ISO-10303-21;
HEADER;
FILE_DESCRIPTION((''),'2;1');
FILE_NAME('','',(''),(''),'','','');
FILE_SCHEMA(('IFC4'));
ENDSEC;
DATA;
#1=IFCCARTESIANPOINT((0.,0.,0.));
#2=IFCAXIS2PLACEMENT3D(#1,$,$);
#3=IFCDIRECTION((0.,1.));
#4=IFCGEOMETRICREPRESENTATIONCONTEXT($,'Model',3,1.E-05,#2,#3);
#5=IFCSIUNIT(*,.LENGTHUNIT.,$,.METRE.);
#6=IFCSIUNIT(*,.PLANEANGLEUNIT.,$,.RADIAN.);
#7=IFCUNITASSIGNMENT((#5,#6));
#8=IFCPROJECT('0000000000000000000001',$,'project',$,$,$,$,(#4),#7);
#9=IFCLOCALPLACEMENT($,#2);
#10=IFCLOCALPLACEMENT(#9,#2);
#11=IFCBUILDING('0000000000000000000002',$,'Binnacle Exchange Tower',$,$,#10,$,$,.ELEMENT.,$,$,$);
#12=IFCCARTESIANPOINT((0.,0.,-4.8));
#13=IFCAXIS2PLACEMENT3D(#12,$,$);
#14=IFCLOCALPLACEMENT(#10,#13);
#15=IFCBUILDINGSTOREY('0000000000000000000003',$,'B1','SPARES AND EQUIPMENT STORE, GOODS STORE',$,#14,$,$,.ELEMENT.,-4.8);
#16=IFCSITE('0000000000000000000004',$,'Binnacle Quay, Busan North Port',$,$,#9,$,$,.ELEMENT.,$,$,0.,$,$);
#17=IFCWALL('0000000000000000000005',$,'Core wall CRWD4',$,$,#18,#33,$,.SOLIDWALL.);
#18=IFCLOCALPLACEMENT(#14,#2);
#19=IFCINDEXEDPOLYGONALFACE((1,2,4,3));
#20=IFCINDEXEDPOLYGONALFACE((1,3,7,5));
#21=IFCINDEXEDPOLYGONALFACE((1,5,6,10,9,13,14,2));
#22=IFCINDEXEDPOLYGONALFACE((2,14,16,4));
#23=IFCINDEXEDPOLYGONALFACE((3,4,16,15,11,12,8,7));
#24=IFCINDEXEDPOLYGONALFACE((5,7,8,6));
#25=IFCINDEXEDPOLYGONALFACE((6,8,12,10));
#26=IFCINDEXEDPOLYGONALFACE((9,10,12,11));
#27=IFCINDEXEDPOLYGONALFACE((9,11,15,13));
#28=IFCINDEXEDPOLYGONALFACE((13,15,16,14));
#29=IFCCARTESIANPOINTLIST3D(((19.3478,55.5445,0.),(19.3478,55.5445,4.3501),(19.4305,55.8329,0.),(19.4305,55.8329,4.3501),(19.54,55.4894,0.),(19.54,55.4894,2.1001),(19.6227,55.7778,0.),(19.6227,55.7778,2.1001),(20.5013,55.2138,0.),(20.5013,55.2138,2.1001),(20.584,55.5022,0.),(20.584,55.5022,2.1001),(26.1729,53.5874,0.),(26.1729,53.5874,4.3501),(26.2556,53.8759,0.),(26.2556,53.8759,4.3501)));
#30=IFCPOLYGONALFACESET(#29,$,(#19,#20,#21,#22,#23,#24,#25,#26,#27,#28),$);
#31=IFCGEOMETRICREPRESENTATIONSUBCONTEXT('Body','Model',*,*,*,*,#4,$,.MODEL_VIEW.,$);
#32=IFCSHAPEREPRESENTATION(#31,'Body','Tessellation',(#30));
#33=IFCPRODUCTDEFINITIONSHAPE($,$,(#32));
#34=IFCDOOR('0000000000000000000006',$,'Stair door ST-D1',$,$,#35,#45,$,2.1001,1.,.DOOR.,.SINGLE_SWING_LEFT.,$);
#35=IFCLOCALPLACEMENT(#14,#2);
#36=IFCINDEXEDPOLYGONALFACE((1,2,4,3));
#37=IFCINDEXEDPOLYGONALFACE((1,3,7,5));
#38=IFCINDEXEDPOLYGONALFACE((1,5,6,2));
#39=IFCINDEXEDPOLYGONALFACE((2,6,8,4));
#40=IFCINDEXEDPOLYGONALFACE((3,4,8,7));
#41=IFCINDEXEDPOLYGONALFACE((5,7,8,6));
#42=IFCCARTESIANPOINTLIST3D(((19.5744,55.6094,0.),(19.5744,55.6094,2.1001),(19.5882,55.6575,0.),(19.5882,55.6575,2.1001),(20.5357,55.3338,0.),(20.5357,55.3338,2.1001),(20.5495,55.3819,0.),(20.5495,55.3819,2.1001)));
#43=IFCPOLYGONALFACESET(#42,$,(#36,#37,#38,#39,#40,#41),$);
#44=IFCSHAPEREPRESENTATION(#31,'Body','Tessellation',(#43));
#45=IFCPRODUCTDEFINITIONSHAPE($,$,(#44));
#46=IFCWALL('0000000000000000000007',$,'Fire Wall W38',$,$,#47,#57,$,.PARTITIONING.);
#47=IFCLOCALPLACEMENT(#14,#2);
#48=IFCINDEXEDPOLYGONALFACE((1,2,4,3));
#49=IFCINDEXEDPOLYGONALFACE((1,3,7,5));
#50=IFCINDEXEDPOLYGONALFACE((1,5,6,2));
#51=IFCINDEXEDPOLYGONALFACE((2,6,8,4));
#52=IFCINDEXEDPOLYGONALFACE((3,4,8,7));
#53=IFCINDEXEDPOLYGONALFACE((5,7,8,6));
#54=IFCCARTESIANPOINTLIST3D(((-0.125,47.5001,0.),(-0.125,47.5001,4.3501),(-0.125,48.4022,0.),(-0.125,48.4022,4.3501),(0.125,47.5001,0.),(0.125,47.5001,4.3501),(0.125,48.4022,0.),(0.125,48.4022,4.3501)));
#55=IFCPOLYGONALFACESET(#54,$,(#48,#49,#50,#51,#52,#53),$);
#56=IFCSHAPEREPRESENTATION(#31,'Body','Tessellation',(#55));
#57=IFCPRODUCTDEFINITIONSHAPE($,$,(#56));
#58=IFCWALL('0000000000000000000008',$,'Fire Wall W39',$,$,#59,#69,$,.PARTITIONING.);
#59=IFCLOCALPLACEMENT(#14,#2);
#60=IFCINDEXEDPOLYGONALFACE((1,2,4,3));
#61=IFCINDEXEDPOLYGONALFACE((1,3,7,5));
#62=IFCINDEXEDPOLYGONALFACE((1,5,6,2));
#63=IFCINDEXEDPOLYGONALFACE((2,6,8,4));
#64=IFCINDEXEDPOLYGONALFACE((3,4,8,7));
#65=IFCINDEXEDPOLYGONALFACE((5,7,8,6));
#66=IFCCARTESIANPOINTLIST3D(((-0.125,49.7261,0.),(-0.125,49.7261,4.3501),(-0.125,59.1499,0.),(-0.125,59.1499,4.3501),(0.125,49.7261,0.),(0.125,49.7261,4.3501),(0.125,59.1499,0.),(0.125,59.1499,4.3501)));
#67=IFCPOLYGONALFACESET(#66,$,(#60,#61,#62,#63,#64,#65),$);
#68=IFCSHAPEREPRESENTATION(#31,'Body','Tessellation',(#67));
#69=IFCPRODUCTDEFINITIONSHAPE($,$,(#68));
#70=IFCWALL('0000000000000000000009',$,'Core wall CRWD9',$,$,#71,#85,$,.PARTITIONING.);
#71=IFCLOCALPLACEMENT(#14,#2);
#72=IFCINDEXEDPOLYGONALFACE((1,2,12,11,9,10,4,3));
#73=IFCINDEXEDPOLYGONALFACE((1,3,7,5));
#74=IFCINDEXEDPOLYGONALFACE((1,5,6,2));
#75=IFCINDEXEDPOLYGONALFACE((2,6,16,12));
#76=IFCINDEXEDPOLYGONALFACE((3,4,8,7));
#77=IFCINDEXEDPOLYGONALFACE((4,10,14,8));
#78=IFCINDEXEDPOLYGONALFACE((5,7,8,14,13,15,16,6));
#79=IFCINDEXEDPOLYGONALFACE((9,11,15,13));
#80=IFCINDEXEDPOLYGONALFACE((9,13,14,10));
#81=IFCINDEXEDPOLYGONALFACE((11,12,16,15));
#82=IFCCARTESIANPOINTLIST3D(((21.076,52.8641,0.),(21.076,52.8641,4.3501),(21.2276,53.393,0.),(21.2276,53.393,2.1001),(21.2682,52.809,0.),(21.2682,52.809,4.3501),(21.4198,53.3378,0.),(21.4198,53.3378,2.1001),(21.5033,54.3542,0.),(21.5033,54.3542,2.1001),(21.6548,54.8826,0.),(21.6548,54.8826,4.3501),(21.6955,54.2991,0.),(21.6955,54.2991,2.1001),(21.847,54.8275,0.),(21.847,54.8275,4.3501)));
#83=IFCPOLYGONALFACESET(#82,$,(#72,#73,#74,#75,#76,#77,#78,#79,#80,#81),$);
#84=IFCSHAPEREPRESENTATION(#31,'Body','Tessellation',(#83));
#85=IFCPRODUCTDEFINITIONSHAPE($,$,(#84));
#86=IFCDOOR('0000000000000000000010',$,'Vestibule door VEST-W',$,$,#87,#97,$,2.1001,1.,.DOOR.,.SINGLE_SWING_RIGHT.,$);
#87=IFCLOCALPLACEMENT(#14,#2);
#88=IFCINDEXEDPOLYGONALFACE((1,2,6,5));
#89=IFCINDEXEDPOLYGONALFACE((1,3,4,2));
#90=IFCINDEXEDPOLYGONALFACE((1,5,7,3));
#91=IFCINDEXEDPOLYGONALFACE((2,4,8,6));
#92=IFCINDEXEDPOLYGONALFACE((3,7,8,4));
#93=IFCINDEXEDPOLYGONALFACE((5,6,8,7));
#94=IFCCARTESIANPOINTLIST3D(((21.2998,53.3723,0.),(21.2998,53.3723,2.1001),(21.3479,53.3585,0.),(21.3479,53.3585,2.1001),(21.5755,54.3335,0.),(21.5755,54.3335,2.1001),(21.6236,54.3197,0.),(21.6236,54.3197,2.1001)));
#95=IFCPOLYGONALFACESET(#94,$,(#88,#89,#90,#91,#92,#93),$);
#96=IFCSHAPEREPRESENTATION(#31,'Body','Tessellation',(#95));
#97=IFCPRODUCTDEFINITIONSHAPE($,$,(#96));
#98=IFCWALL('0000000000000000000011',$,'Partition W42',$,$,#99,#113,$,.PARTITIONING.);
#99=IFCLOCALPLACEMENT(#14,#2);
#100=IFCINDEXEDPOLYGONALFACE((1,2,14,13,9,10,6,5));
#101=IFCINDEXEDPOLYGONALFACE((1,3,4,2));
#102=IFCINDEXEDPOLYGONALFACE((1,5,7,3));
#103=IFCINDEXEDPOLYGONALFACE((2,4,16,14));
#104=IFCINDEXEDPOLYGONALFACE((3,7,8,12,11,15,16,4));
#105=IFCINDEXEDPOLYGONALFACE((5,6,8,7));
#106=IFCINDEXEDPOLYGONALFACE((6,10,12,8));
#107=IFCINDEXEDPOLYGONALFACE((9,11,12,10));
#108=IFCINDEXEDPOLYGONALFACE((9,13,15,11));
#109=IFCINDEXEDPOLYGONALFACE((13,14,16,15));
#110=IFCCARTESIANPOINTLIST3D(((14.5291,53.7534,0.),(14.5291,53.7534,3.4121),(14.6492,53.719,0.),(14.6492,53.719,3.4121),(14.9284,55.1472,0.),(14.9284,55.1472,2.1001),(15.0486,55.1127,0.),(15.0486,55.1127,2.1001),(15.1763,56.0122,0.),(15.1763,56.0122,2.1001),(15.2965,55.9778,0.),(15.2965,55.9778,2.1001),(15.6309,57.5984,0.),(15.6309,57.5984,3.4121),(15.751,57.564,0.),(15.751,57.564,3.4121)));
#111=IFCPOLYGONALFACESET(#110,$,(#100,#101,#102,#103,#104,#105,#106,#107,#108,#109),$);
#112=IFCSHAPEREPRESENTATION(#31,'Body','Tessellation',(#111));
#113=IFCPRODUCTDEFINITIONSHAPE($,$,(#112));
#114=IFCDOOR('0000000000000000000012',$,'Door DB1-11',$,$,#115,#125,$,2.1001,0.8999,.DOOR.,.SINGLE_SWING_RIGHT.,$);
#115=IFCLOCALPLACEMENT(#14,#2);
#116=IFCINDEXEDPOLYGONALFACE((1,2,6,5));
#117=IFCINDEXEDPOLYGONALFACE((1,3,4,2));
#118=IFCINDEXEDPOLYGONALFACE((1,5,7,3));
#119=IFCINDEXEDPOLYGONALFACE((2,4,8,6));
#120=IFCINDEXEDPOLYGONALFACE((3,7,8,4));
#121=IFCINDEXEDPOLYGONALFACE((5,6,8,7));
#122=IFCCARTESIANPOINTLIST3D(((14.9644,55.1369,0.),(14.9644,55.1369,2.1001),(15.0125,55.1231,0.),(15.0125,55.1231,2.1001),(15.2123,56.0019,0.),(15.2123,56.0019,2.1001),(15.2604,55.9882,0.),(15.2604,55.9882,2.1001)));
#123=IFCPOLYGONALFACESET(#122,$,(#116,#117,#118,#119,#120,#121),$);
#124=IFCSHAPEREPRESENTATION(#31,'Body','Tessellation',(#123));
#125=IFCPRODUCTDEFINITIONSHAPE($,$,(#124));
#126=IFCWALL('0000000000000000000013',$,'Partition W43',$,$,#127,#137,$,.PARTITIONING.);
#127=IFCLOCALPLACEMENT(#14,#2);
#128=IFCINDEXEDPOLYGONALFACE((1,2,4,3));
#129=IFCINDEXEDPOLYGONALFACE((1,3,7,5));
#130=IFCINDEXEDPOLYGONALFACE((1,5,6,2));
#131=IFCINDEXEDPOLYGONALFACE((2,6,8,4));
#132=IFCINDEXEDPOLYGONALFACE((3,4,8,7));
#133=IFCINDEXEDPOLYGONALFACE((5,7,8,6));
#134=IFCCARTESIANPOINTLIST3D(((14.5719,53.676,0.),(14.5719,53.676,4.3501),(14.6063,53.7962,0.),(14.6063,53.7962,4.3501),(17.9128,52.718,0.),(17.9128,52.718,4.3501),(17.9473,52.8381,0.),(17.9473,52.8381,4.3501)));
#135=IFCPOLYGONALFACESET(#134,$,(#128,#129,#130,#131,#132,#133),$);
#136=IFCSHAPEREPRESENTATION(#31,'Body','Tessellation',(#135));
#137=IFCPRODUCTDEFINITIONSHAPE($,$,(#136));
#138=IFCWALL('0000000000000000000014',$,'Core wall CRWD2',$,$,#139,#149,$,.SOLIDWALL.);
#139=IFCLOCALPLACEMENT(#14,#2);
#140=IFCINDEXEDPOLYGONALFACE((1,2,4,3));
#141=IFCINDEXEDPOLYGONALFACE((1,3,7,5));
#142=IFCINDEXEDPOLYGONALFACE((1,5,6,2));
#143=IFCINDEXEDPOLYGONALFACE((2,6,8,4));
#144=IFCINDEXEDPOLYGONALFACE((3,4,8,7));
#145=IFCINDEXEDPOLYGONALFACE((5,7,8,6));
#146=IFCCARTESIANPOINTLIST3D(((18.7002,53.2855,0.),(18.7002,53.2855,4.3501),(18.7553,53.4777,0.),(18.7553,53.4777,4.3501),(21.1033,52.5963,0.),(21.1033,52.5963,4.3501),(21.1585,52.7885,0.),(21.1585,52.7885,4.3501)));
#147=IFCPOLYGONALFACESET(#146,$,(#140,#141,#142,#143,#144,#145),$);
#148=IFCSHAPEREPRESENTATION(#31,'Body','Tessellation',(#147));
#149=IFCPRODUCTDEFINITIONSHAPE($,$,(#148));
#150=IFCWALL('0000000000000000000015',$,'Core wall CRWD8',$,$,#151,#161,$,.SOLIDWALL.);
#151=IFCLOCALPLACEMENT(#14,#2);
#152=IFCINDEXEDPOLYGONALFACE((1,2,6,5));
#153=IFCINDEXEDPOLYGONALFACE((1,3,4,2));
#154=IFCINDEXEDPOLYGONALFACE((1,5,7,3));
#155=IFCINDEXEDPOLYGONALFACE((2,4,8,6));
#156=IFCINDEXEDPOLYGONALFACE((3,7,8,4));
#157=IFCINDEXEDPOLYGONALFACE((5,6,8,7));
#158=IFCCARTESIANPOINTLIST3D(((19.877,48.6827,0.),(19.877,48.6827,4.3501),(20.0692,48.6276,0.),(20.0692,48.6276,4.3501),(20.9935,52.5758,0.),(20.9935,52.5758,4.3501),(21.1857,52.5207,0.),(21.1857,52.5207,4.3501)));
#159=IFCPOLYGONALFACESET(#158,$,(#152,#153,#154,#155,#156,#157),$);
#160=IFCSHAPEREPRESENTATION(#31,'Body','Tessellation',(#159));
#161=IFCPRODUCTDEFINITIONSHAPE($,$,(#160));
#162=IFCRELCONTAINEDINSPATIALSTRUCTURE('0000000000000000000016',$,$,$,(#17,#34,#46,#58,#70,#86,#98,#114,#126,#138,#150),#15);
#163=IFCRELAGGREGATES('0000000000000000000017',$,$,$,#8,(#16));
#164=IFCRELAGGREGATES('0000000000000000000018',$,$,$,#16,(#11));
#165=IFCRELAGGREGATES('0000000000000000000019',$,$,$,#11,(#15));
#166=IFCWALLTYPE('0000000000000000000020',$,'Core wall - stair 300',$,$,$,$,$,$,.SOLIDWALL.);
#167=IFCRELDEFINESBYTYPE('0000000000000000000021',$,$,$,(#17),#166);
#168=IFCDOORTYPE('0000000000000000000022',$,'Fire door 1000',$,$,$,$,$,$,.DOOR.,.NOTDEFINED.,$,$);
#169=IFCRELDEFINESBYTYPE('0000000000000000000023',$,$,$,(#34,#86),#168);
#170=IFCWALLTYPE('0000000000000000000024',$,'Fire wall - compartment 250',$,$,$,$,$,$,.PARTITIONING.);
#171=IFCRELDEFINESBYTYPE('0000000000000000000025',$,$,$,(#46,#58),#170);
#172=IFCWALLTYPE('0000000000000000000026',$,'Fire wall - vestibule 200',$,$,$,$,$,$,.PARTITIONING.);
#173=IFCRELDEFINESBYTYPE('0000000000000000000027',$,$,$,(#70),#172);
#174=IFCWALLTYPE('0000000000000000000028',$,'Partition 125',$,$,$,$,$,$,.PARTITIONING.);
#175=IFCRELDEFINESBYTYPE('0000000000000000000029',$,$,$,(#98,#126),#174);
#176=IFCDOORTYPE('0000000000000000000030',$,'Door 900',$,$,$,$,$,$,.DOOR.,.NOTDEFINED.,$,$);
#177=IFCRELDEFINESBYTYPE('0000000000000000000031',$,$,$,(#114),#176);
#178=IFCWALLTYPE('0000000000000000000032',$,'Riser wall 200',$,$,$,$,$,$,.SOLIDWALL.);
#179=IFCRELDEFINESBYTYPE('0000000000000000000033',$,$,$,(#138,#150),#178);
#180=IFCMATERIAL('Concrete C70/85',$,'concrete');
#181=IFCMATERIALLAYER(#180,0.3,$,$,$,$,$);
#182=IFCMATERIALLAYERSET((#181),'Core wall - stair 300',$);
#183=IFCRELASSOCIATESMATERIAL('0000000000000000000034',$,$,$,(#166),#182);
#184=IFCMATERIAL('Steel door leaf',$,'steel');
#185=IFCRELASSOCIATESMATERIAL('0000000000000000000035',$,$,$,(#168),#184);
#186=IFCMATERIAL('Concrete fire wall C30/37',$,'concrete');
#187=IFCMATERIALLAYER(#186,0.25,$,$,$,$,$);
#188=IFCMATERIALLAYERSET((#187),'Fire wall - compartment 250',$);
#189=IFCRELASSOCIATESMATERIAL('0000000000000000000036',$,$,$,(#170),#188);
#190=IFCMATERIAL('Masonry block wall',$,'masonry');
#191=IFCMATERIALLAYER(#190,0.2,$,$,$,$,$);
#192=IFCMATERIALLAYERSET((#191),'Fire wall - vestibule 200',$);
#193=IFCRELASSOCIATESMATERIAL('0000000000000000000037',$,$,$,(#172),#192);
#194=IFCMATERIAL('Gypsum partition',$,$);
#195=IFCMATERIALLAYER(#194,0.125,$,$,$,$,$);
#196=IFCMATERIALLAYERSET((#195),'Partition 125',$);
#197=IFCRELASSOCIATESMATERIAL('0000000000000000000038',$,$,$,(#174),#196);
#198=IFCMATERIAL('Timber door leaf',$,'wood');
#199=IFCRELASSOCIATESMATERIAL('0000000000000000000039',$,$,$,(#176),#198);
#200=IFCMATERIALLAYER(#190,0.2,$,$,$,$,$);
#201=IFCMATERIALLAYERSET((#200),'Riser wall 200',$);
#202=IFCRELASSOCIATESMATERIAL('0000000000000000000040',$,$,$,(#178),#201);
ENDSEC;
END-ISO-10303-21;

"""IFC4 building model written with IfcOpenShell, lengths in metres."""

from ifc_helpers import new_model, si_unit, direction, frame, frame_2d, origin, place, context, subcontext, project, spatial, rectangle, extrude, material, layer, layer_set, type_object, element, fill, save


model = new_model("IFC4")

# Units and contexts
model_context = context("Model", 3, precision=1e-05, world=origin(), true_north=direction((0.0, 1.0)))
body_context = subcontext(model_context, "Body", "Model", "MODEL_VIEW")
ifc_project = project(units=[si_unit("LENGTHUNIT", "METRE"), si_unit("PLANEANGLEUNIT", "RADIAN")], contexts=[model_context])

# Site, building, storey
site_placement = place(None, origin())
site = spatial("IfcSite", under=ifc_project, at=site_placement, Name="Binnacle Quay, Busan North Port", CompositionType="ELEMENT", RefElevation=0.0)
building_placement = place(site_placement, origin())
building = spatial("IfcBuilding", under=site, at=building_placement, Name="Binnacle Exchange Tower", CompositionType="ELEMENT")
storey_placement = place(building_placement, frame((0.0, 0.0, -4.8)))
storey = spatial("IfcBuildingStorey", under=building, at=storey_placement, Name="B1", Description="SPARES AND EQUIPMENT STORE, GOODS STORE", CompositionType="ELEMENT", Elevation=-4.8)

# Shared definitions
ifc_material_1 = material(Name="Concrete C70/85", Category="concrete")

# Shared definitions
ifc_material_2 = material(Name="Steel door leaf", Category="steel")

# Wall, opening, door
ifc_layer_1 = layer(ifc_material_1, 0.3)
ifc_layer_set_1 = layer_set([ifc_layer_1], Name="Core wall - stair 300")
wall_type_1 = type_object("IfcWallType", Name="Core wall - stair 300", PredefinedType="SOLIDWALL", material=ifc_layer_set_1)
wall_1_placement = place(storey_placement, frame((19.3892, 55.6887, 0.0), z_axis=(0.0, 0.0, 1.0), x_axis=(0.961261, -0.275638, 0.0)))
wall_1 = element("IfcWall", 1, at=wall_1_placement, inside=storey, type_object=wall_type_1, Name="Core wall CRWD4", PredefinedType="SOLIDWALL", context=body_context, shape_type="SweptSolid", body=[
    extrude(rectangle(XDim=7.1001, YDim=0.3, at=frame_2d((3.55, 0.0))), origin(), (0.0, 0.0, 1.0), 4.3501),
])
opening_1_placement = place(wall_1_placement, frame((0.2, 0.0, 0.0)))
opening_1 = element("IfcOpeningElement", 2, at=opening_1_placement, cuts=wall_1, PredefinedType="OPENING", context=body_context, shape_type="SweptSolid", body=[
    extrude(rectangle(XDim=1.0, YDim=2.1001, at=frame_2d((0.5, 1.05))), frame((0.0, 0.1599, 0.0), z_axis=(0.0, -1.0, 0.0), x_axis=(1.0, 0.0, 0.0)), (0.0, 0.0, 1.0), 0.3201),
])
door_type_1 = type_object("IfcDoorType", Name="Fire door 1000", OperationType="NOTDEFINED", PredefinedType="DOOR", material=ifc_material_2)
door_1_placement = place(opening_1_placement, origin())
door_1 = element("IfcDoor", 3, at=door_1_placement, inside=storey, type_object=door_type_1, Name="Stair door ST-D1", OperationType="SINGLE_SWING_LEFT", OverallHeight=2.1001, OverallWidth=1.0, PredefinedType="DOOR", context=body_context, shape_type="SweptSolid", body=[
    extrude(rectangle(XDim=1.0, YDim=2.1001, at=frame_2d((0.5, 1.05))), frame((0.0, 0.0249, 0.0), z_axis=(0.0, -1.0, 0.0), x_axis=(1.0, 0.0, 0.0)), (0.0, 0.0, 1.0), 0.05),
])
fill(opening_1, door_1)

# Walls
ifc_material_3 = material(Name="Concrete fire wall C30/37", Category="concrete")
ifc_layer_2 = layer(ifc_material_3, 0.25)
ifc_layer_set_2 = layer_set([ifc_layer_2], Name="Fire wall - compartment 250")
wall_type_2 = type_object("IfcWallType", Name="Fire wall - compartment 250", PredefinedType="PARTITIONING", material=ifc_layer_set_2)
wall_2_placement = place(storey_placement, frame((0.0, 47.5, 0.0), z_axis=(0.0, 0.0, 1.0), x_axis=(0.0, 1.0, 0.0)))
element("IfcWall", 4, at=wall_2_placement, inside=storey, type_object=wall_type_2, Name="Fire Wall W38", PredefinedType="PARTITIONING", context=body_context, shape_type="SweptSolid", body=[
    extrude(rectangle(XDim=0.9021, YDim=0.25, at=frame_2d((0.4512, 0.0))), origin(), (0.0, 0.0, 1.0), 4.3501),
])
wall_3_placement = place(storey_placement, frame((0.0, 49.7261, 0.0), z_axis=(0.0, 0.0, 1.0), x_axis=(0.0, 1.0, 0.0)))
element("IfcWall", 5, at=wall_3_placement, inside=storey, type_object=wall_type_2, Name="Fire Wall W39", PredefinedType="PARTITIONING", context=body_context, shape_type="SweptSolid", body=[
    extrude(rectangle(XDim=9.4238, YDim=0.25, at=frame_2d((4.7119, 0.0))), origin(), (0.0, 0.0, 1.0), 4.3501),
])

# Walls, openings, doors
ifc_material_4 = material(Name="Masonry block wall", Category="masonry")
ifc_layer_3 = layer(ifc_material_4, 0.2)
ifc_layer_set_3 = layer_set([ifc_layer_3], Name="Fire wall - vestibule 200")
wall_type_3 = type_object("IfcWallType", Name="Fire wall - vestibule 200", PredefinedType="PARTITIONING", material=ifc_layer_set_3)
wall_4_placement = place(storey_placement, frame((21.1721, 52.8367, 0.0), z_axis=(0.0, 0.0, 1.0), x_axis=(0.275658, 0.961256, 0.0)))
wall_4 = element("IfcWall", 6, at=wall_4_placement, inside=storey, type_object=wall_type_3, Name="Core wall CRWD9", PredefinedType="PARTITIONING", context=body_context, shape_type="SweptSolid", body=[
    extrude(rectangle(XDim=2.0999, YDim=0.2, at=frame_2d((1.0498, 0.0))), origin(), (0.0, 0.0, 1.0), 4.3501),
])
opening_2_placement = place(wall_4_placement, frame((0.55, 0.0, 0.0)))
opening_2 = element("IfcOpeningElement", 7, at=opening_2_placement, cuts=wall_4, PredefinedType="OPENING", context=body_context, shape_type="SweptSolid", body=[
    extrude(rectangle(XDim=1.0, YDim=2.1001, at=frame_2d((0.5, 1.05))), frame((0.0, 0.1099, 0.0), z_axis=(0.0, -1.0, 0.0), x_axis=(1.0, 0.0, 0.0)), (0.0, 0.0, 1.0), 0.22),
])
door_2_placement = place(opening_2_placement, origin())
door_2 = element("IfcDoor", 8, at=door_2_placement, inside=storey, type_object=door_type_1, Name="Vestibule door VEST-W", OperationType="SINGLE_SWING_RIGHT", OverallHeight=2.1001, OverallWidth=1.0, PredefinedType="DOOR", context=body_context, shape_type="SweptSolid", body=[
    extrude(rectangle(XDim=1.0, YDim=2.1001, at=frame_2d((0.5, 1.05))), frame((0.0, 0.0249, 0.0), z_axis=(0.0, -1.0, 0.0), x_axis=(1.0, 0.0, 0.0)), (0.0, 0.0, 1.0), 0.05),
])
fill(opening_2, door_2)
ifc_material_5 = material(Name="Gypsum partition")
ifc_layer_4 = layer(ifc_material_5, 0.125)
ifc_layer_set_4 = layer_set([ifc_layer_4], Name="Partition 125")
wall_type_4 = type_object("IfcWallType", Name="Partition 125", PredefinedType="PARTITIONING", material=ifc_layer_set_4)
wall_5_placement = place(storey_placement, frame((14.5891, 53.7361, 0.0), z_axis=(0.0, 0.0, 1.0), x_axis=(0.275471, 0.961309, 0.0)))
wall_5 = element("IfcWall", 9, at=wall_5_placement, inside=storey, type_object=wall_type_4, Name="Partition W42", PredefinedType="PARTITIONING", context=body_context, shape_type="SweptSolid", body=[
    extrude(rectangle(XDim=3.9998, YDim=0.125, at=frame_2d((2.0, 0.0))), origin(), (0.0, 0.0, 1.0), 3.4121),
])
opening_3_placement = place(wall_5_placement, frame((1.45, 0.0, 0.0)))
opening_3 = element("IfcOpeningElement", 10, at=opening_3_placement, cuts=wall_5, PredefinedType="OPENING", context=body_context, shape_type="SweptSolid", body=[
    extrude(rectangle(XDim=0.8999, YDim=2.1001, at=frame_2d((0.45, 1.05))), frame((0.0, 0.0725, 0.0), z_axis=(0.0, -1.0, 0.0), x_axis=(1.0, 0.0, 0.0)), (0.0, 0.0, 1.0), 0.145),
])
ifc_material_6 = material(Name="Timber door leaf", Category="wood")
door_type_2 = type_object("IfcDoorType", Name="Door 900", OperationType="NOTDEFINED", PredefinedType="DOOR", material=ifc_material_6)
door_3_placement = place(opening_3_placement, frame((0.8999, 0.0, 0.0), z_axis=(0.0, 0.0, 1.0), x_axis=(-1.0, 0.0, 0.0)))
door_3 = element("IfcDoor", 11, at=door_3_placement, inside=storey, type_object=door_type_2, Name="Door DB1-11", OperationType="SINGLE_SWING_RIGHT", OverallHeight=2.1001, OverallWidth=0.8999, PredefinedType="DOOR", context=body_context, shape_type="SweptSolid", body=[
    extrude(rectangle(XDim=0.8999, YDim=2.1001, at=frame_2d((0.45, 1.05))), frame((0.0, 0.0249, 0.0), z_axis=(0.0, -1.0, 0.0), x_axis=(1.0, 0.0, 0.0)), (0.0, 0.0, 1.0), 0.05),
])
fill(opening_3, door_3)

# Walls
wall_6_placement = place(storey_placement, frame((14.5891, 53.7361, 0.0), z_axis=(0.0, 0.0, 1.0), x_axis=(0.961258, -0.275649, 0.0)))
element("IfcWall", 12, at=wall_6_placement, inside=storey, type_object=wall_type_4, Name="Partition W43", PredefinedType="PARTITIONING", context=body_context, shape_type="SweptSolid", body=[
    extrude(rectangle(XDim=3.4756, YDim=0.125, at=frame_2d((1.7378, 0.0))), origin(), (0.0, 0.0, 1.0), 4.3501),
])
ifc_layer_5 = layer(ifc_material_4, 0.2)
ifc_layer_set_5 = layer_set([ifc_layer_5], Name="Riser wall 200")
wall_type_5 = type_object("IfcWallType", Name="Riser wall 200", PredefinedType="SOLIDWALL", material=ifc_layer_set_5)
wall_7_placement = place(storey_placement, frame((18.7278, 53.3816, 0.0), z_axis=(0.0, 0.0, 1.0), x_axis=(0.961247, -0.275688, 0.0)))
element("IfcWall", 13, at=wall_7_placement, inside=storey, type_object=wall_type_5, Name="Core wall CRWD2", PredefinedType="SOLIDWALL", context=body_context, shape_type="SweptSolid", body=[
    extrude(rectangle(XDim=2.5, YDim=0.2, at=frame_2d((1.25, 0.0))), origin(), (0.0, 0.0, 1.0), 4.3501),
])
wall_8_placement = place(storey_placement, frame((19.9731, 48.6553, 0.0), z_axis=(0.0, 0.0, 1.0), x_axis=(0.275668, 0.961253, 0.0)))
element("IfcWall", 14, at=wall_8_placement, inside=storey, type_object=wall_type_5, Name="Core wall CRWD8", PredefinedType="SOLIDWALL", context=body_context, shape_type="SweptSolid", body=[
    extrude(rectangle(XDim=4.05, YDim=0.2, at=frame_2d((2.0249, 0.0))), origin(), (0.0, 0.0, 1.0), 4.3501),
])

save(model, "model.ifc")
